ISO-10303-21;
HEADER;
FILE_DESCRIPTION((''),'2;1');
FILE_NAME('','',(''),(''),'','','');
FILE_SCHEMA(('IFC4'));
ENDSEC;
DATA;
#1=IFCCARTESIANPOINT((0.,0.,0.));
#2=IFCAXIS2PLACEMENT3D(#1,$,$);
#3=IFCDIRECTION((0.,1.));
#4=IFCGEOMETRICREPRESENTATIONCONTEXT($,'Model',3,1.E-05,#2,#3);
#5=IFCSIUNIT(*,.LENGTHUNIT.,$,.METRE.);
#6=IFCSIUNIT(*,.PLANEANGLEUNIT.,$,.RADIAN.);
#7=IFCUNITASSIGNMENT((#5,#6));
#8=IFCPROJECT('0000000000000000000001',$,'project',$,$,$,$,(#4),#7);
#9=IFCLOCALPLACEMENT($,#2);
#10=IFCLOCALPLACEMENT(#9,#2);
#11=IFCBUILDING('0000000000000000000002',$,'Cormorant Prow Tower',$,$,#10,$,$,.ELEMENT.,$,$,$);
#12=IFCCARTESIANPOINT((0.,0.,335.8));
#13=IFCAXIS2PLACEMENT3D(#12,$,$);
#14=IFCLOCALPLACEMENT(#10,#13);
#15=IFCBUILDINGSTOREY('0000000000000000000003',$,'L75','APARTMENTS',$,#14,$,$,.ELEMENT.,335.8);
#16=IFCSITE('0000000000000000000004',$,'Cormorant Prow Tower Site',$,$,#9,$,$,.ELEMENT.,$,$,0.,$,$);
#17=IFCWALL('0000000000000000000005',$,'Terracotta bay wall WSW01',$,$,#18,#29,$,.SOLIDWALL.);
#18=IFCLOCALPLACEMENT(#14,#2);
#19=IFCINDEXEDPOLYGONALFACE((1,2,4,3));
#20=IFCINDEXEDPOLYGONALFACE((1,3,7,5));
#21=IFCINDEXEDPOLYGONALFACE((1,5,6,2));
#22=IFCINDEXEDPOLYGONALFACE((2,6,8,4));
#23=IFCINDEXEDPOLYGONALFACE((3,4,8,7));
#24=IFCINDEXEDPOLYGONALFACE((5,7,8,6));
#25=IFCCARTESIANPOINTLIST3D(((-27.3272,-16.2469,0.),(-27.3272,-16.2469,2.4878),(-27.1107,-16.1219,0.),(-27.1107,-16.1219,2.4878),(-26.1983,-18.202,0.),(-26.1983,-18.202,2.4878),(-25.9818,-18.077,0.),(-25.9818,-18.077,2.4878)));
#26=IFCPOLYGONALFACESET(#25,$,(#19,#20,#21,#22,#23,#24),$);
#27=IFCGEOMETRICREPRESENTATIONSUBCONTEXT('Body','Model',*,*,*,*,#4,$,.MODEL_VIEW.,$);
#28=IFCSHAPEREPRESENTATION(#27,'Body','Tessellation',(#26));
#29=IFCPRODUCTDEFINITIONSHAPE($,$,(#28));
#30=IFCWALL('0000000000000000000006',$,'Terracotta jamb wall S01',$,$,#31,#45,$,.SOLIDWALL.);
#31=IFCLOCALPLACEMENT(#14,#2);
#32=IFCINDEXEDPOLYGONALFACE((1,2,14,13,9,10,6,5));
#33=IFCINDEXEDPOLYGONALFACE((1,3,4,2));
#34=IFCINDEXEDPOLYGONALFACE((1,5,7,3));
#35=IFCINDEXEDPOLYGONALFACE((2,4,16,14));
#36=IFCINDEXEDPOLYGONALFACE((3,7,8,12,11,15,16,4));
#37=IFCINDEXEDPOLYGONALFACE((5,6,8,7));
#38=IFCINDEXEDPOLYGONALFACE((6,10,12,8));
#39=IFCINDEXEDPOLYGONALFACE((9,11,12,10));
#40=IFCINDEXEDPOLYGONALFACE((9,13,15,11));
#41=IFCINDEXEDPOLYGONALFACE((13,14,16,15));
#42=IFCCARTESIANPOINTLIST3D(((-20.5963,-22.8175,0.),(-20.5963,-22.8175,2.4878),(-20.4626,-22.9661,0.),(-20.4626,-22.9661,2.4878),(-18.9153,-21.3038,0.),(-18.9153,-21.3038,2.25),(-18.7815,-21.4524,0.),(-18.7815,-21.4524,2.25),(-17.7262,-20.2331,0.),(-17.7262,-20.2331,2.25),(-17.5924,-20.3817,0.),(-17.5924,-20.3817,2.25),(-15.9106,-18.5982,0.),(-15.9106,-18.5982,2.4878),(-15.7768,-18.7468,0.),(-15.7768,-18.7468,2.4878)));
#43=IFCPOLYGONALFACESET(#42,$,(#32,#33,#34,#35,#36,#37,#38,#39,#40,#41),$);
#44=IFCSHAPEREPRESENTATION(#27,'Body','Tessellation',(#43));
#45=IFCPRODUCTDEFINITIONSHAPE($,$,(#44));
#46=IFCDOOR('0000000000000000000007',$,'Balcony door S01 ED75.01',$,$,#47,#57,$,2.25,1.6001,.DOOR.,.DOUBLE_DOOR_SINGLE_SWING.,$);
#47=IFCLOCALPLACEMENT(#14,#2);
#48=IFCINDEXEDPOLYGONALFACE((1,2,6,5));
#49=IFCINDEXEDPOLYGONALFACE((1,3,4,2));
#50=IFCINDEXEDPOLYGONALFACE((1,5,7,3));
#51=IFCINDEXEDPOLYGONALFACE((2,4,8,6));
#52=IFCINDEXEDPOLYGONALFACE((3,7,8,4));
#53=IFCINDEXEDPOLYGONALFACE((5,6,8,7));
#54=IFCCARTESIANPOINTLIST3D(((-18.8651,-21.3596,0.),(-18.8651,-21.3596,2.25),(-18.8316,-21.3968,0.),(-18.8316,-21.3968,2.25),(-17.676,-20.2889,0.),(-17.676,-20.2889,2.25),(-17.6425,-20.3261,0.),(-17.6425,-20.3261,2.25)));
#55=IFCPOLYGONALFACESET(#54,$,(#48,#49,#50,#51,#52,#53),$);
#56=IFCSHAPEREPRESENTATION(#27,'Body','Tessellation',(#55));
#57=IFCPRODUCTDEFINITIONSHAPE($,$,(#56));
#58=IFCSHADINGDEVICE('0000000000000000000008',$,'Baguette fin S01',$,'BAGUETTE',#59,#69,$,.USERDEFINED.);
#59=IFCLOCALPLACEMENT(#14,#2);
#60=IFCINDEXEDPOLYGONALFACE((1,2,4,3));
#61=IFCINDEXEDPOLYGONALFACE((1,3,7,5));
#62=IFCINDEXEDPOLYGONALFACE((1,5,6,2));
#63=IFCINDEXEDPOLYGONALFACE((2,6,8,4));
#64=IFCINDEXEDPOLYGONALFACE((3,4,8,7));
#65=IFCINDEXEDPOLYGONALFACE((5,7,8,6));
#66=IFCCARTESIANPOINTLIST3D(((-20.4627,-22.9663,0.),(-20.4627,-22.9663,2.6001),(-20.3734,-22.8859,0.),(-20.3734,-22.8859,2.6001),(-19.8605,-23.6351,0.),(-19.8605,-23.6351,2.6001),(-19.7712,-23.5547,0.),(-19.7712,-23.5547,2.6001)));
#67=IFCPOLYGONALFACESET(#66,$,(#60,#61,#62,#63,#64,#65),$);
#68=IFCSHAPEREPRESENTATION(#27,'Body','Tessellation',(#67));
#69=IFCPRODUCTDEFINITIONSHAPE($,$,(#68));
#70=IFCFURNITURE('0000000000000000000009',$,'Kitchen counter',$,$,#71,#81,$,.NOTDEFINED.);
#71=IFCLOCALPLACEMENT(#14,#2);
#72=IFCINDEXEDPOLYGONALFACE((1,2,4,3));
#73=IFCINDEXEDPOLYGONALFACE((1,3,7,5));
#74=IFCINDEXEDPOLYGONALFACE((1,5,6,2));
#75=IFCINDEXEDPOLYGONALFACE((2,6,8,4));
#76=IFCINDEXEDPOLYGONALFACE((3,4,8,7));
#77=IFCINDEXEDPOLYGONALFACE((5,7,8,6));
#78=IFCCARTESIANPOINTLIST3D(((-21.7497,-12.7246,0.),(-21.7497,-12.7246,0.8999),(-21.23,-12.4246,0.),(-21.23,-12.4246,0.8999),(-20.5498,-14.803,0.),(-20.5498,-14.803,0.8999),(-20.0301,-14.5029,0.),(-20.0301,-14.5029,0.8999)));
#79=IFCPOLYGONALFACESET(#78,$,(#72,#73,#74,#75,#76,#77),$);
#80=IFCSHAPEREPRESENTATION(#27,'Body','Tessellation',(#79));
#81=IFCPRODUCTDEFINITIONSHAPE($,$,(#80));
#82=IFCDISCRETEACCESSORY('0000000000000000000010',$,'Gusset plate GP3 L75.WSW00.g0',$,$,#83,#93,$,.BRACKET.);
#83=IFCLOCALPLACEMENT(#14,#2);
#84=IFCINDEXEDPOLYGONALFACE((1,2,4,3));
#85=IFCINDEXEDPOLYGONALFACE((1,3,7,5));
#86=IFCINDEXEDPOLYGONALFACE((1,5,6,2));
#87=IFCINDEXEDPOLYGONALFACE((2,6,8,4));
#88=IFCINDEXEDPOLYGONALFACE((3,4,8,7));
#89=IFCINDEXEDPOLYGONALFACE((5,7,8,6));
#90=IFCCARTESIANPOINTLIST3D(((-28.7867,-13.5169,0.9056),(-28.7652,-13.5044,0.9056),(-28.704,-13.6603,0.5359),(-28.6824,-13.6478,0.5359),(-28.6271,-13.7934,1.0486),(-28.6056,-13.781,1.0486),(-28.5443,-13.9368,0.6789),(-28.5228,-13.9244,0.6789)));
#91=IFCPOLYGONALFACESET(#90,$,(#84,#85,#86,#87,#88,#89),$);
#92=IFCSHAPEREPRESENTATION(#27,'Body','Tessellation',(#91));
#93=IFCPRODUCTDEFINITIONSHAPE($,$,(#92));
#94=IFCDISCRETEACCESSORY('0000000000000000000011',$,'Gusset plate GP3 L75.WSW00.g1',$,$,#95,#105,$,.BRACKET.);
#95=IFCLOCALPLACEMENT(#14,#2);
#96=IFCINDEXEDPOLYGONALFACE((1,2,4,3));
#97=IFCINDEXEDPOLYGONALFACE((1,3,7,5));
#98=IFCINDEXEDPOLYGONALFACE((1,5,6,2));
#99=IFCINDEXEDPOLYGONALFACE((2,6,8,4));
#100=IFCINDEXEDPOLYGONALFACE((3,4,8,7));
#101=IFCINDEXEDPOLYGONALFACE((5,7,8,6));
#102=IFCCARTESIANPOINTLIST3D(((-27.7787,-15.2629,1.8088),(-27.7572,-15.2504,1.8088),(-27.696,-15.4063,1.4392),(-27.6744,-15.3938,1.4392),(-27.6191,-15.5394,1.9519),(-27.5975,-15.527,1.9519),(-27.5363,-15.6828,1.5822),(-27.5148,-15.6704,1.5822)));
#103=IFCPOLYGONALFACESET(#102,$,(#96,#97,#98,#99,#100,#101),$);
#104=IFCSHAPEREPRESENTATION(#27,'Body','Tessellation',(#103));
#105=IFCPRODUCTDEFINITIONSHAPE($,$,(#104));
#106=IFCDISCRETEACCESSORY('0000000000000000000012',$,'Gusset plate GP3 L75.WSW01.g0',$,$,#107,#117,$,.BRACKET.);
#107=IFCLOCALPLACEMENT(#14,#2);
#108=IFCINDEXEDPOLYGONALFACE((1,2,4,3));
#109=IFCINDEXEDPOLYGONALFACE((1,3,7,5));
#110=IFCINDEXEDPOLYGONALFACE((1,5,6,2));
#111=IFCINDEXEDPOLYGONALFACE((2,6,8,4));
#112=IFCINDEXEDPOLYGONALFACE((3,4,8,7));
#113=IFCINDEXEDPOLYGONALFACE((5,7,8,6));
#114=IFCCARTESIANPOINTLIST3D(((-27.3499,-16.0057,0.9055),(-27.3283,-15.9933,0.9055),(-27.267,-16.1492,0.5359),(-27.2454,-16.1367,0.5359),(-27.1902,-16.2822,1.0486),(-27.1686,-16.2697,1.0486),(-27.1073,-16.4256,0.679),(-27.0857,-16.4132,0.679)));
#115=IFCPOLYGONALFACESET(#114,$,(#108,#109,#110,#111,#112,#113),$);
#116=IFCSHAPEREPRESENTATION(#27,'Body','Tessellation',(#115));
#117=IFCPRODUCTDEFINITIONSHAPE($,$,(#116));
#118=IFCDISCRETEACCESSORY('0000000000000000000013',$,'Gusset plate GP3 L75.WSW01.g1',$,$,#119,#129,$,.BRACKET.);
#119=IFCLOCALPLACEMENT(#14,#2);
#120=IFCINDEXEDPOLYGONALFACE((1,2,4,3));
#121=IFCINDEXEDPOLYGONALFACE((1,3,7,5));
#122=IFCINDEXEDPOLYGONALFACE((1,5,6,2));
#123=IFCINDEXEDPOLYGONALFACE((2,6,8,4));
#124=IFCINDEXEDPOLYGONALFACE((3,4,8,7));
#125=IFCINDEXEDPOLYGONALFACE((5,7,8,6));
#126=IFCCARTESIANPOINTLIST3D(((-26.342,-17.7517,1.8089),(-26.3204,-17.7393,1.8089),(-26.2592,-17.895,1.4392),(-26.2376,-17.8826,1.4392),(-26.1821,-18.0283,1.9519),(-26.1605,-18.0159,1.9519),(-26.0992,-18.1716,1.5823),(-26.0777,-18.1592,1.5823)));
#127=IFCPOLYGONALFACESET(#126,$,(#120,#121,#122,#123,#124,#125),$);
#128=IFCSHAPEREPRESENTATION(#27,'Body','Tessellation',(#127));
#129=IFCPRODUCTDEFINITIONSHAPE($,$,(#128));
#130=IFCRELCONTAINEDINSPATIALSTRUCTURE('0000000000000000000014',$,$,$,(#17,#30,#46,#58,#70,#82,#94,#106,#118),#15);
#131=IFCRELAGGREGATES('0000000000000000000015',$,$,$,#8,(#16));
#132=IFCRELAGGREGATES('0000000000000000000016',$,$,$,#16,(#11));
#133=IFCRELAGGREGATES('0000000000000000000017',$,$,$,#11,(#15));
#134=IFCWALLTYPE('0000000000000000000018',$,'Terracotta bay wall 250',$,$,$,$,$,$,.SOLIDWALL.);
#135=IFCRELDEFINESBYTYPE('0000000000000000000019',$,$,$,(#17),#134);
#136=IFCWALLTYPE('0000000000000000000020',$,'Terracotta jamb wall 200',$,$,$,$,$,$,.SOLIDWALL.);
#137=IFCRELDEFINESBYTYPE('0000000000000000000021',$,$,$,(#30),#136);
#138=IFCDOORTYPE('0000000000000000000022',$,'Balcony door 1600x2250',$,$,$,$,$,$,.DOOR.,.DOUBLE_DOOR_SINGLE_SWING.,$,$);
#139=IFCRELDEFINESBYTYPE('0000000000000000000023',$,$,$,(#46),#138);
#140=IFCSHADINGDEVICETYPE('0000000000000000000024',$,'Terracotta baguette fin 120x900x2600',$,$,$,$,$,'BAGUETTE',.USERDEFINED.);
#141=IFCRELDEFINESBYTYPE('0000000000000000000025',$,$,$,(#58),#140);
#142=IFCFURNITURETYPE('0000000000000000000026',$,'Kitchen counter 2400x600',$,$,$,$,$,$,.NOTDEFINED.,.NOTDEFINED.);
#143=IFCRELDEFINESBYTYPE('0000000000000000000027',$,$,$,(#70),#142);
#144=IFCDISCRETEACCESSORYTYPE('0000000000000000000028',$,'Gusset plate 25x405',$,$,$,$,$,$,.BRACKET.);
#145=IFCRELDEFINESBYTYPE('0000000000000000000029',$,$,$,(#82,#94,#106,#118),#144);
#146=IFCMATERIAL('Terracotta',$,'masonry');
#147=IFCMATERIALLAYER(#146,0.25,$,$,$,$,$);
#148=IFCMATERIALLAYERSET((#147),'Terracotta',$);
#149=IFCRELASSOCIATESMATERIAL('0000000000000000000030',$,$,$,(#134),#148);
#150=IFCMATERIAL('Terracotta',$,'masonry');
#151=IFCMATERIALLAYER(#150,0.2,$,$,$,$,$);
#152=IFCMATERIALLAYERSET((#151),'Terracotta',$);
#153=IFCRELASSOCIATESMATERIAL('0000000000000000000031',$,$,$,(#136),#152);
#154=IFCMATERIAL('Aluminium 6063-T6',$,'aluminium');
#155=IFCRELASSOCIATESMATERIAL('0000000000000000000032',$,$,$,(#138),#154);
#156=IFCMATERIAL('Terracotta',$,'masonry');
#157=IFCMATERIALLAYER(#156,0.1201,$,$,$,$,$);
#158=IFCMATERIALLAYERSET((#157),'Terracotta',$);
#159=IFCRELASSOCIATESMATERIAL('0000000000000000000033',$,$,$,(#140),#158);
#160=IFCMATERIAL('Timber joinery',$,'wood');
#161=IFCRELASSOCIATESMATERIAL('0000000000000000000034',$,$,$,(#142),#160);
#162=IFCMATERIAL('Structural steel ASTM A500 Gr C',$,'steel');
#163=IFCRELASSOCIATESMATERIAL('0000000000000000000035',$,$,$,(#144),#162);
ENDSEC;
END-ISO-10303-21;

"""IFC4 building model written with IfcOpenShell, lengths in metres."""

from ifc_helpers import new_model, si_unit, direction, frame, frame_2d, origin, origin_2d, place, context, subcontext, project, spatial, rectangle, extrude, material, layer, layer_set, material_profile, profile_set, type_object, element, fill, save


model = new_model("IFC4")

# Units and contexts
model_context = context("Model", 3, precision=1e-05, world=origin(), true_north=direction((0.0, 1.0)))
body_context = subcontext(model_context, "Body", "Model", "MODEL_VIEW")
ifc_project = project(units=[si_unit("LENGTHUNIT", "METRE"), si_unit("PLANEANGLEUNIT", "RADIAN")], contexts=[model_context])

# Site, building, storey
site_placement = place(None, origin())
site = spatial("IfcSite", under=ifc_project, at=site_placement, Name="Cormorant Prow Tower Site", CompositionType="ELEMENT", RefElevation=0.0)
building_placement = place(site_placement, origin())
building = spatial("IfcBuilding", under=site, at=building_placement, Name="Cormorant Prow Tower", CompositionType="ELEMENT")
storey_placement = place(building_placement, frame((0.0, 0.0, 335.8)))
storey = spatial("IfcBuildingStorey", under=building, at=storey_placement, Name="L75", Description="APARTMENTS", CompositionType="ELEMENT", Elevation=335.8)

# Shared definitions
ifc_material_1 = material(Name="Terracotta", Category="masonry")
ifc_layer_1 = layer(ifc_material_1, 0.25)
ifc_layer_set_1 = layer_set([ifc_layer_1], Name="Terracotta")
wall_type_1 = type_object("IfcWallType", Name="Terracotta bay wall 250", PredefinedType="SOLIDWALL", material=ifc_layer_set_1)

# Wall
wall_1_placement = place(storey_placement, frame((-27.219, -16.1843, 0.0), z_axis=(0.0, 0.0, 1.0), x_axis=(0.500047, -0.865998, 0.0)))
element("IfcWall", 1, at=wall_1_placement, inside=storey, type_object=wall_type_1, Name="Terracotta bay wall WSW01", PredefinedType="SOLIDWALL", context=body_context, shape_type="SweptSolid", body=[
    extrude(rectangle(XDim=2.2576, YDim=0.25, at=frame_2d((1.1289, 0.0))), origin(), (0.0, 0.0, 1.0), 2.4878),
])

# Wall, opening, door
ifc_material_2 = material(Name="Terracotta", Category="masonry")
ifc_layer_2 = layer(ifc_material_2, 0.2)
ifc_layer_set_2 = layer_set([ifc_layer_2], Name="Terracotta")
wall_type_2 = type_object("IfcWallType", Name="Terracotta jamb wall 200", PredefinedType="SOLIDWALL", material=ifc_layer_set_2)
wall_2_placement = place(storey_placement, frame((-20.5295, -22.8918, 0.0), z_axis=(0.0, 0.0, 1.0), x_axis=(0.743134, 0.669142, 0.0)))
wall_2 = element("IfcWall", 2, at=wall_2_placement, inside=storey, type_object=wall_type_2, Name="Terracotta jamb wall S01", PredefinedType="SOLIDWALL", context=body_context, shape_type="SweptSolid", body=[
    extrude(rectangle(XDim=6.3054, YDim=0.2, at=frame_2d((3.1528, 0.0))), origin(), (0.0, 0.0, 1.0), 2.4878),
])
opening_1_placement = place(wall_2_placement, frame((2.2622, 0.0, 0.0)))
opening_1 = element("IfcOpeningElement", 3, at=opening_1_placement, cuts=wall_2, PredefinedType="OPENING", context=body_context, shape_type="SweptSolid", body=[
    extrude(rectangle(XDim=1.6001, YDim=2.25, at=frame_2d((0.8, 1.125))), frame((0.0, 0.1099, 0.0), z_axis=(0.0, -1.0, 0.0), x_axis=(1.0, 0.0, 0.0)), (0.0, 0.0, 1.0), 0.22),
])
ifc_material_3 = material(Name="Aluminium 6063-T6", Category="aluminium")
door_type_1 = type_object("IfcDoorType", Name="Balcony door 1600x2250", OperationType="DOUBLE_DOOR_SINGLE_SWING", PredefinedType="DOOR", material=ifc_material_3)
door_1_placement = place(opening_1_placement, origin())
door_1 = element("IfcDoor", 4, at=door_1_placement, inside=storey, type_object=door_type_1, Name="Balcony door S01 ED75.01", OperationType="DOUBLE_DOOR_SINGLE_SWING", OverallHeight=2.25, OverallWidth=1.6001, PredefinedType="DOOR", context=body_context, shape_type="SweptSolid", body=[
    extrude(rectangle(XDim=1.6001, YDim=2.25, at=frame_2d((0.8, 1.125))), frame((0.0, 0.0249, 0.0), z_axis=(0.0, -1.0, 0.0), x_axis=(1.0, 0.0, 0.0)), (0.0, 0.0, 1.0), 0.05),
])
fill(opening_1, door_1)

# Shading device
ifc_material_4 = material(Name="Terracotta", Category="masonry")
ifc_layer_3 = layer(ifc_material_4, 0.1201)
ifc_layer_set_3 = layer_set([ifc_layer_3], Name="Terracotta")
shading_device_type = type_object("IfcShadingDeviceType", Name="Terracotta baguette fin 120x900x2600", ElementType="BAGUETTE", PredefinedType="USERDEFINED", material=ifc_layer_set_3)
shading_device_placement = place(storey_placement, frame((-20.1169, -23.2605, 0.0), z_axis=(0.0, 0.0, 1.0), x_axis=(0.743145, 0.669131, 0.0)))
element("IfcShadingDevice", 5, at=shading_device_placement, inside=storey, type_object=shading_device_type, Name="Baguette fin S01", ObjectType="BAGUETTE", PredefinedType="USERDEFINED", context=body_context, shape_type="SweptSolid", body=[
    extrude(rectangle(XDim=0.1201, YDim=0.8999, at=origin_2d()), origin(), (0.0, 0.0, 1.0), 2.6001),
])

# Furniture
ifc_material_5 = material(Name="Timber joinery", Category="wood")
furniture_type = type_object("IfcFurnitureType", Name="Kitchen counter 2400x600", AssemblyPlace="NOTDEFINED", PredefinedType="NOTDEFINED", material=ifc_material_5)
furniture_placement = place(storey_placement, frame((-20.8899, -13.6138, 0.0), z_axis=(0.0, 0.0, 1.0), x_axis=(0.5, -0.866025, 0.0)))
element("IfcFurniture", 6, at=furniture_placement, inside=storey, type_object=furniture_type, Name="Kitchen counter", PredefinedType="NOTDEFINED", context=body_context, shape_type="SweptSolid", body=[
    extrude(rectangle(XDim=2.3999, YDim=0.6001, at=origin_2d()), origin(), (0.0, 0.0, 1.0), 0.8999),
])

# Discrete accessories
ifc_material_6 = material(Name="Structural steel ASTM A500 Gr C", Category="steel")
ifc_material_profile_1 = material_profile(ifc_material_6, rectangle(XDim=0.0249, YDim=0.405, at=origin_2d()), Name="Gusset plate 25x405")
ifc_profile_set_1 = profile_set([ifc_material_profile_1], Name="Structural steel ASTM A500 Gr C")
discrete_accessory_type = type_object("IfcDiscreteAccessoryType", Name="Gusset plate 25x405", PredefinedType="BRACKET", material=ifc_profile_set_1)
for number, where, z_axis, x_axis, name in (
    (7, (-28.575, -13.8589, 0.8638), (-0.456239, 0.790397, -0.408802), (-0.866071, -0.499921, 0.0), "Gusset plate GP3 L75.WSW00.g0"),
    (8, (-27.7266, -15.3284, 1.624), (0.456239, -0.790397, 0.408802), (0.866071, 0.499921, 0.0), "Gusset plate GP3 L75.WSW00.g1"),
    (9, (-27.1379, -16.3477, 0.8638), (-0.456491, 0.790135, -0.409027), (-0.86588, -0.500252, 0.0), "Gusset plate GP3 L75.WSW01.g0"),
):
    element("IfcDiscreteAccessory", number, at=place(storey_placement, frame(where, z_axis=z_axis, x_axis=x_axis)), inside=storey, type_object=discrete_accessory_type, Name=name, PredefinedType="BRACKET", context=body_context, shape_type="SweptSolid", body=[
        extrude(rectangle(XDim=0.0249, YDim=0.405, at=origin_2d()), origin(), (0.0, 0.0, 1.0), 0.3499),
    ])
discrete_accessory_placement = place(storey_placement, frame((-26.2898, -17.8171, 1.624), z_axis=(0.456792, -0.790145, 0.408672), x_axis=(0.86574, 0.500494, 0.0)))
element("IfcDiscreteAccessory", 10, at=discrete_accessory_placement, inside=storey, type_object=discrete_accessory_type, Name="Gusset plate GP3 L75.WSW01.g1", PredefinedType="BRACKET", context=body_context, shape_type="SweptSolid", body=[
    extrude(rectangle(XDim=0.0249, YDim=0.405, at=origin_2d()), origin(), (0.0, 0.0, 1.0), 0.3501),
])

save(model, "model.ifc")
